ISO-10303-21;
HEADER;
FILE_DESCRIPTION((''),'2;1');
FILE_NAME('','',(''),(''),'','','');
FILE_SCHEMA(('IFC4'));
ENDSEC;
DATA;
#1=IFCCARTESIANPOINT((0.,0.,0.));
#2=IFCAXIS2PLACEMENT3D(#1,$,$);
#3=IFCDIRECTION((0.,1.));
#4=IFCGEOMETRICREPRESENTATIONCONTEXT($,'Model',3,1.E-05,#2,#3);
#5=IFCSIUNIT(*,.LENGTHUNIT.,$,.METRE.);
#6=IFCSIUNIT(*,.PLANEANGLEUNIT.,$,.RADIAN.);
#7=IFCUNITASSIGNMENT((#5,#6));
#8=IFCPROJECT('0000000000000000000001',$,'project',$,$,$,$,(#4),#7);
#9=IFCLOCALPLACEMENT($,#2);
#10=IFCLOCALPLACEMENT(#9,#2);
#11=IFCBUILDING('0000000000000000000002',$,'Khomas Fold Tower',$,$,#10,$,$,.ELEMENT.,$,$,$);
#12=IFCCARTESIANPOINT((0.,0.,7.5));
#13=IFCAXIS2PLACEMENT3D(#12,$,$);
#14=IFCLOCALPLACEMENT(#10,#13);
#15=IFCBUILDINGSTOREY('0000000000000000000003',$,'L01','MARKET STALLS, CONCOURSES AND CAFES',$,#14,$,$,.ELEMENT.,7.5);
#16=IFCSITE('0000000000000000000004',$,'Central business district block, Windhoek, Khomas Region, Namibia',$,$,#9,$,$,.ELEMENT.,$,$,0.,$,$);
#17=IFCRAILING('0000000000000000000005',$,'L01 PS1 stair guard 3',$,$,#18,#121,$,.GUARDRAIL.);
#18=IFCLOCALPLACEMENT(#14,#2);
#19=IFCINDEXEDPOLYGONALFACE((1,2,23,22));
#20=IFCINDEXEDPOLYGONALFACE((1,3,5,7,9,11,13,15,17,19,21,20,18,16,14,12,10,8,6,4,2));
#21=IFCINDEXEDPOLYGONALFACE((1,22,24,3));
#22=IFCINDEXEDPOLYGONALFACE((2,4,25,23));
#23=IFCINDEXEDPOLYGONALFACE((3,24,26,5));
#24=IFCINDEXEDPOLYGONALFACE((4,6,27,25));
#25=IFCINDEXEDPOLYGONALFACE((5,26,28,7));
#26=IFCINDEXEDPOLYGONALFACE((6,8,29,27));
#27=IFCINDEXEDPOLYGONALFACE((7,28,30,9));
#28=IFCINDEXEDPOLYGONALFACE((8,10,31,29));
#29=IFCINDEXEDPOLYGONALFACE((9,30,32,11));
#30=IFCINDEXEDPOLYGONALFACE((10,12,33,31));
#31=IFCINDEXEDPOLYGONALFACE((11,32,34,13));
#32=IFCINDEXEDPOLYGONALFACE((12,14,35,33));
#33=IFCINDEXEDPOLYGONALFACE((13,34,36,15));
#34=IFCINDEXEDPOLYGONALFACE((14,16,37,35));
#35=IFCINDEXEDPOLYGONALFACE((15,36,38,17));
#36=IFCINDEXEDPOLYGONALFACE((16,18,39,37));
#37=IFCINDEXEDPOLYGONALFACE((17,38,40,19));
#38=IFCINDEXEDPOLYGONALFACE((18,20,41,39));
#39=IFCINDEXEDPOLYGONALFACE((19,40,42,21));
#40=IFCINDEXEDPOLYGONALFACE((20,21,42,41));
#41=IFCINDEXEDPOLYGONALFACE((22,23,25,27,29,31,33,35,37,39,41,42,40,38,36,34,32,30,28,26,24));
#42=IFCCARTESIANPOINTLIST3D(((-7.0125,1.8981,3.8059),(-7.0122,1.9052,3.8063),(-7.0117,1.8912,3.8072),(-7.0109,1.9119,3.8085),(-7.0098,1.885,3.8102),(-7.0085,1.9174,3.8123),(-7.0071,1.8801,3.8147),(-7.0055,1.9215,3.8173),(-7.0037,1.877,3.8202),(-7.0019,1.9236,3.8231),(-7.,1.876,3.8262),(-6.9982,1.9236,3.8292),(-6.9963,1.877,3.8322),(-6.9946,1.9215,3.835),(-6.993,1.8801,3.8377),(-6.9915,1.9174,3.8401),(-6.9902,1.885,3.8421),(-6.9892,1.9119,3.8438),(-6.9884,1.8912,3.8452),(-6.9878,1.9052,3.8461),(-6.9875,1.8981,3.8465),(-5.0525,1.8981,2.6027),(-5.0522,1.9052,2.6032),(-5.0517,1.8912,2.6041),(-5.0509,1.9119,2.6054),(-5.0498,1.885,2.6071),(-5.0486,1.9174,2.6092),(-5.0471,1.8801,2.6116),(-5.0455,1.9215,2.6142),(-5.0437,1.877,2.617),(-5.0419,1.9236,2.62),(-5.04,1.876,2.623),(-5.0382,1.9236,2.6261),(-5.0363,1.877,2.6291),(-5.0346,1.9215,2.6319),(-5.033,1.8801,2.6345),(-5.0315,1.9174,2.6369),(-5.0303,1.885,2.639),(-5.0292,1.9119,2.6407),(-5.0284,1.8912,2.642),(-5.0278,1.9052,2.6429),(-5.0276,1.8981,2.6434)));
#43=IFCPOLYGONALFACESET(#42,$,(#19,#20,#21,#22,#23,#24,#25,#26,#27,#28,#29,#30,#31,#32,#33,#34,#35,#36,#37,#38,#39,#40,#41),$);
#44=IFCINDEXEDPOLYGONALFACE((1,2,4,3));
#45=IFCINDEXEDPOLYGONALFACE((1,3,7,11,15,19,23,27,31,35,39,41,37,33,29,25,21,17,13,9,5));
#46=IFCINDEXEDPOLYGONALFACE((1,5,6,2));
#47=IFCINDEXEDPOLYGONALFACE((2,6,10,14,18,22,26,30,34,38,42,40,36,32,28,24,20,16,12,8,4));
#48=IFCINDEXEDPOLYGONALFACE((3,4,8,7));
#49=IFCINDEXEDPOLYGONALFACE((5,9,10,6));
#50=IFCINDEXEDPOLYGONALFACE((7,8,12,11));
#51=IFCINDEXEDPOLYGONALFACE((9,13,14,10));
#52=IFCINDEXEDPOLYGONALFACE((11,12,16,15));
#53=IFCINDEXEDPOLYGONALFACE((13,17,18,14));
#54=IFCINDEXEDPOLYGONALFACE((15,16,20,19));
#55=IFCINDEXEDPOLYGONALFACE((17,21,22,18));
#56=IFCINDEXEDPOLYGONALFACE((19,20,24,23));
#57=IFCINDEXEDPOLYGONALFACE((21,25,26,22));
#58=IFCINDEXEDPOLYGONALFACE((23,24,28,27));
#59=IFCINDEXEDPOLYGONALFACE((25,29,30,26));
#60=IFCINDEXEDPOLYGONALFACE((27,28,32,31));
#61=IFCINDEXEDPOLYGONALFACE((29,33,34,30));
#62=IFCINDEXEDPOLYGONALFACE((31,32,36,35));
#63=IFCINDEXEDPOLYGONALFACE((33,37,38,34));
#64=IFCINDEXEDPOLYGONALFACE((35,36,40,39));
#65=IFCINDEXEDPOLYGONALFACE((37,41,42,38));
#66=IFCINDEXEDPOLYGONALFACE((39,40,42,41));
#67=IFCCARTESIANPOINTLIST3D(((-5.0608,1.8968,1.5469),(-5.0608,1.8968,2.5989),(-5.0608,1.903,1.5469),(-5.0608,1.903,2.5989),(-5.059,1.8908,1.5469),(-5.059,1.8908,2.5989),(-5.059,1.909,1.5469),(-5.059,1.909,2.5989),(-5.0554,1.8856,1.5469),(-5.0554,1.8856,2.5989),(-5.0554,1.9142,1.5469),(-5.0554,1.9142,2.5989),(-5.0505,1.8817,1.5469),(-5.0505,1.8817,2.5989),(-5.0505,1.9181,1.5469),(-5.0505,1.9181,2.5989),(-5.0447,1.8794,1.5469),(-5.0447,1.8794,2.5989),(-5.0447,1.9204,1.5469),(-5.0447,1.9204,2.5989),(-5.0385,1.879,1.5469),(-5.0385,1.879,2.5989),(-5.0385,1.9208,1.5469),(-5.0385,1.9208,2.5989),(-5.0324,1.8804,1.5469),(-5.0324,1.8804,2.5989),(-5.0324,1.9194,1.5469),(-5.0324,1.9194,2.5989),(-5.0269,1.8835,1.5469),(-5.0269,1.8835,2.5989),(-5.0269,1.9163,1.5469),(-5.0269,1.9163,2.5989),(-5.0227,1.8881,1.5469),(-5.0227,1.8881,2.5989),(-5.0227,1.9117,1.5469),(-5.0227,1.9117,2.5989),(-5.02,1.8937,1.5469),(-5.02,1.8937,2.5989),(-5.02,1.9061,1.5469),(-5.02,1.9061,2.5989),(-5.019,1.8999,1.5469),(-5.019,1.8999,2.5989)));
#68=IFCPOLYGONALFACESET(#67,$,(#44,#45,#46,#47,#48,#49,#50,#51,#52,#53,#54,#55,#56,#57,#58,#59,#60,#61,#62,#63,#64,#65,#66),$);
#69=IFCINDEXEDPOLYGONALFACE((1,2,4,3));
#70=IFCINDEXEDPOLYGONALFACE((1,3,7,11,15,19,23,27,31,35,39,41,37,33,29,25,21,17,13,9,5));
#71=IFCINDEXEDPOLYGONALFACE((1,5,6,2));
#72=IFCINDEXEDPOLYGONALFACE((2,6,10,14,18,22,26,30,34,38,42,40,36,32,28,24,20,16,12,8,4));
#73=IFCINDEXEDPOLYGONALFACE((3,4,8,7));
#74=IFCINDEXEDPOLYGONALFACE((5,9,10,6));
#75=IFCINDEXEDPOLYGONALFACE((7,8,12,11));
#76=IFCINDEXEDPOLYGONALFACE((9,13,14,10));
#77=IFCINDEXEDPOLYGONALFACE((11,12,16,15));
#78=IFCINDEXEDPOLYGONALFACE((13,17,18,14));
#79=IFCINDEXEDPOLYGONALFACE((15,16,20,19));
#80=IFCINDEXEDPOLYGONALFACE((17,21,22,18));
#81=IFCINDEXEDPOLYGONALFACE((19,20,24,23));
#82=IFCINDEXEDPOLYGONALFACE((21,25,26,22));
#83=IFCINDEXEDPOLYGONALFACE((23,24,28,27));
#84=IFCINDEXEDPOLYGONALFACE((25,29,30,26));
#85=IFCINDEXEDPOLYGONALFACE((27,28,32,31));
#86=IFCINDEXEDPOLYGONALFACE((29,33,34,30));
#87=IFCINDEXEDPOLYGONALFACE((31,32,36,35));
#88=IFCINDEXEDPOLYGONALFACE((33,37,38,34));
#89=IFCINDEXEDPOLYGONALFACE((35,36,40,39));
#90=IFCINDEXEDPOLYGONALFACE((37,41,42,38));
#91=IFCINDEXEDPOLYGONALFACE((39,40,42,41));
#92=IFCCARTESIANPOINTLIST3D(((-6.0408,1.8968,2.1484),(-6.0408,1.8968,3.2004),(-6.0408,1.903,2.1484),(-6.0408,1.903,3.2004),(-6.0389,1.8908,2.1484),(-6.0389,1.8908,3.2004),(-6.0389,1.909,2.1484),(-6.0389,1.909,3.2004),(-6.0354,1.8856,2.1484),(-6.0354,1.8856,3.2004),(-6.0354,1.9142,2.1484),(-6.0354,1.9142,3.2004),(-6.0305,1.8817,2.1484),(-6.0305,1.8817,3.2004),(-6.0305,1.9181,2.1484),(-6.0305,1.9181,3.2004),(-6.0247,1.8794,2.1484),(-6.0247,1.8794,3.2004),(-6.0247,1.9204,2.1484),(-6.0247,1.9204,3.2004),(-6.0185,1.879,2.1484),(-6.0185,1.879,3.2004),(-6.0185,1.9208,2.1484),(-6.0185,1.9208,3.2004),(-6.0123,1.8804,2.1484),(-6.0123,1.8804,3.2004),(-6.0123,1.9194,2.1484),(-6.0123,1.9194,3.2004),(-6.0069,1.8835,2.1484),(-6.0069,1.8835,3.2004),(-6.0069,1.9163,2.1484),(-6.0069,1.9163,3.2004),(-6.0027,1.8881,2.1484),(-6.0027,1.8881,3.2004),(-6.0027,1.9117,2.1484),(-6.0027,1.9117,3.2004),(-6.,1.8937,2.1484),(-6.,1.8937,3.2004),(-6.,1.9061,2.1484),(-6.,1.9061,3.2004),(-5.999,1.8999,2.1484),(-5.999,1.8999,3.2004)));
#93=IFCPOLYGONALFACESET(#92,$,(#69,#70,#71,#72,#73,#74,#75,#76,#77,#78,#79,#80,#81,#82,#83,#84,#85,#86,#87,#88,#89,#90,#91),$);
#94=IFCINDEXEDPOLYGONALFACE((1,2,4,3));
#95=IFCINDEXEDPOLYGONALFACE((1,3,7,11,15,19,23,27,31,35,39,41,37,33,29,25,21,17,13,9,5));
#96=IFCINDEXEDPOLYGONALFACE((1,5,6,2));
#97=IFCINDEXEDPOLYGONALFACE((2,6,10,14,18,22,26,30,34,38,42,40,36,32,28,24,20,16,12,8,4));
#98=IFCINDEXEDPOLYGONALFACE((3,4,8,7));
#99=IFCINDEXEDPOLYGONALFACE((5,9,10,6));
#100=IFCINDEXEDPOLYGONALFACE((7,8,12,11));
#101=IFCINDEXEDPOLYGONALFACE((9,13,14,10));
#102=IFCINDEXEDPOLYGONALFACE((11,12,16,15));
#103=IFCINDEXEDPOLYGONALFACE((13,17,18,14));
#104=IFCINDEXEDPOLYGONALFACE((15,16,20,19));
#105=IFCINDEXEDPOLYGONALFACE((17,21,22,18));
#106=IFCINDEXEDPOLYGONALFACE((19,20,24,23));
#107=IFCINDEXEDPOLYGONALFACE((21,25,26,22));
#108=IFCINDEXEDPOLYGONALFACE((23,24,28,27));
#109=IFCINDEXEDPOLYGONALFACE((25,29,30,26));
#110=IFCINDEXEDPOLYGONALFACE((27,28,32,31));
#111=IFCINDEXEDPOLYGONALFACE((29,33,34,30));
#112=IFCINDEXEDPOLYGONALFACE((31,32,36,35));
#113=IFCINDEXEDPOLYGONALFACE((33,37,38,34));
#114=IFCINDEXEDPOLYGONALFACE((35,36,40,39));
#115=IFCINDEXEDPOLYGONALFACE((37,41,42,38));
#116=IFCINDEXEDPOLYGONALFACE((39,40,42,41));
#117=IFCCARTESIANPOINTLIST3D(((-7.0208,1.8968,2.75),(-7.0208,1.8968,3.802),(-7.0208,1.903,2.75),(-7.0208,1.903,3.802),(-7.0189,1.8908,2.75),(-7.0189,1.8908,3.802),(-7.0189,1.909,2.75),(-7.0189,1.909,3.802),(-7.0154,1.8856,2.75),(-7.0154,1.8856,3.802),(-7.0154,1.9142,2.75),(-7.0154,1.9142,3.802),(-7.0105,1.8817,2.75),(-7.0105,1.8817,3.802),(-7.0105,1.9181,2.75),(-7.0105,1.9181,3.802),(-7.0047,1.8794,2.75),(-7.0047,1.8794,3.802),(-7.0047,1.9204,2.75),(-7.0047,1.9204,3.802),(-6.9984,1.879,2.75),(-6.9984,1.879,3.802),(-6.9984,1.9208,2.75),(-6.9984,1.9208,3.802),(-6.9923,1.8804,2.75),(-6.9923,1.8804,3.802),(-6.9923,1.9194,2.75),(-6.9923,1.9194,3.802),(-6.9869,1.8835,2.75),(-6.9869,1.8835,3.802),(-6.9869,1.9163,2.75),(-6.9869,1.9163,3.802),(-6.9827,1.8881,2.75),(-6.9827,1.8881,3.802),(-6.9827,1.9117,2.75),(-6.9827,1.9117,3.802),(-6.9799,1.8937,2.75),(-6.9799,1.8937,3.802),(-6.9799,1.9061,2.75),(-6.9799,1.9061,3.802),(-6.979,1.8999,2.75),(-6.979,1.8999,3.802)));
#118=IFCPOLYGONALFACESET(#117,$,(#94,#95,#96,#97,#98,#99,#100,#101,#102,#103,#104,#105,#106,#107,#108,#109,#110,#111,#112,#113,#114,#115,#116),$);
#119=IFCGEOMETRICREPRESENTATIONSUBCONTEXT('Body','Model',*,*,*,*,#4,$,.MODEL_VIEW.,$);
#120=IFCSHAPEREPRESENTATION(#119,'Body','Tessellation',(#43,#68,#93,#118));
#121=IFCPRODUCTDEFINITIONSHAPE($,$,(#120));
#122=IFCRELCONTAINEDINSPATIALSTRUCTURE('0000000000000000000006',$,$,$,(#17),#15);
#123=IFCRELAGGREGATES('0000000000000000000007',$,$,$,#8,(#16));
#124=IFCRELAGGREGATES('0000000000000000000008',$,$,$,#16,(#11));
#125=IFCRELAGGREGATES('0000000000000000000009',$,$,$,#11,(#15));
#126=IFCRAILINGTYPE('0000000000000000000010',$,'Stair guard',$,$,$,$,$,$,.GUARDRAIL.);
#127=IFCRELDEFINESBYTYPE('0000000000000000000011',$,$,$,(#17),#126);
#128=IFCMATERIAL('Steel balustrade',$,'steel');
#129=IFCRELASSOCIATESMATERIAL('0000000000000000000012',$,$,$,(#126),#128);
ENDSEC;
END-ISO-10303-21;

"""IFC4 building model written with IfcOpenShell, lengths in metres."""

from ifc_helpers import new_model, si_unit, direction, frame, origin, origin_2d, place, context, subcontext, project, spatial, circle, extrude, source, transform, mapped, material, type_object, element, save


model = new_model("IFC4")

# Units and contexts
model_context = context("Model", 3, precision=1e-05, world=origin(), true_north=direction((0.0, 1.0)))
body_context = subcontext(model_context, "Body", "Model", "MODEL_VIEW")
ifc_project = project(units=[si_unit("LENGTHUNIT", "METRE"), si_unit("PLANEANGLEUNIT", "RADIAN")], contexts=[model_context])

# Site, building, storey
site_placement = place(None, origin())
site = spatial("IfcSite", under=ifc_project, at=site_placement, Name="Central business district block, Windhoek, Khomas Region, Namibia", CompositionType="ELEMENT", RefElevation=0.0)
building_placement = place(site_placement, origin())
building = spatial("IfcBuilding", under=site, at=building_placement, Name="Khomas Fold Tower", CompositionType="ELEMENT")
storey_placement = place(building_placement, frame((0.0, 0.0, 7.5)))
storey = spatial("IfcBuildingStorey", under=building, at=storey_placement, Name="L01", Description="MARKET STALLS, CONCOURSES AND CAFES", CompositionType="ELEMENT", Elevation=7.5)

# Railing
ifc_material_1 = material(Name="Steel balustrade", Category="steel")
railing_type_1 = type_object("IfcRailingType", Name="Stair guard", PredefinedType="GUARDRAIL", material=ifc_material_1)
shared_shape_1 = source(origin(), body_context, "Body", "SweptSolid", [
    extrude(circle(Radius=0.0239, at=origin_2d()), frame((0.0, 0.0, 1.0762), z_axis=(-0.852241, 0.0, 0.523149), x_axis=(0.0, -1.0, 0.0)), (0.0, 0.0, 1.0), 2.2998),
    extrude(circle(Radius=0.021, at=origin_2d()), origin(), (0.0, 0.0, 1.0), 1.052),
    extrude(circle(Radius=0.021, at=origin_2d()), frame((-0.98, 0.0, 0.6016)), (0.0, 0.0, 1.0), 1.052),
    extrude(circle(Radius=0.021, at=origin_2d()), frame((-1.96, 0.0, 1.2031)), (0.0, 0.0, 1.0), 1.052),
])
for number, where, name in (
    (1, (-5.04, 1.8999, 1.5469), "L01 PS1 stair guard 3"),
):
    element("IfcRailing", number, at=place(storey_placement, frame(where)), inside=storey, type_object=railing_type_1, Name=name, PredefinedType="GUARDRAIL", context=body_context, shape_type="MappedRepresentation", body=[
        mapped(shared_shape_1, transform((0.0, 0.0, 0.0))),
    ])

save(model, "model.ifc")
